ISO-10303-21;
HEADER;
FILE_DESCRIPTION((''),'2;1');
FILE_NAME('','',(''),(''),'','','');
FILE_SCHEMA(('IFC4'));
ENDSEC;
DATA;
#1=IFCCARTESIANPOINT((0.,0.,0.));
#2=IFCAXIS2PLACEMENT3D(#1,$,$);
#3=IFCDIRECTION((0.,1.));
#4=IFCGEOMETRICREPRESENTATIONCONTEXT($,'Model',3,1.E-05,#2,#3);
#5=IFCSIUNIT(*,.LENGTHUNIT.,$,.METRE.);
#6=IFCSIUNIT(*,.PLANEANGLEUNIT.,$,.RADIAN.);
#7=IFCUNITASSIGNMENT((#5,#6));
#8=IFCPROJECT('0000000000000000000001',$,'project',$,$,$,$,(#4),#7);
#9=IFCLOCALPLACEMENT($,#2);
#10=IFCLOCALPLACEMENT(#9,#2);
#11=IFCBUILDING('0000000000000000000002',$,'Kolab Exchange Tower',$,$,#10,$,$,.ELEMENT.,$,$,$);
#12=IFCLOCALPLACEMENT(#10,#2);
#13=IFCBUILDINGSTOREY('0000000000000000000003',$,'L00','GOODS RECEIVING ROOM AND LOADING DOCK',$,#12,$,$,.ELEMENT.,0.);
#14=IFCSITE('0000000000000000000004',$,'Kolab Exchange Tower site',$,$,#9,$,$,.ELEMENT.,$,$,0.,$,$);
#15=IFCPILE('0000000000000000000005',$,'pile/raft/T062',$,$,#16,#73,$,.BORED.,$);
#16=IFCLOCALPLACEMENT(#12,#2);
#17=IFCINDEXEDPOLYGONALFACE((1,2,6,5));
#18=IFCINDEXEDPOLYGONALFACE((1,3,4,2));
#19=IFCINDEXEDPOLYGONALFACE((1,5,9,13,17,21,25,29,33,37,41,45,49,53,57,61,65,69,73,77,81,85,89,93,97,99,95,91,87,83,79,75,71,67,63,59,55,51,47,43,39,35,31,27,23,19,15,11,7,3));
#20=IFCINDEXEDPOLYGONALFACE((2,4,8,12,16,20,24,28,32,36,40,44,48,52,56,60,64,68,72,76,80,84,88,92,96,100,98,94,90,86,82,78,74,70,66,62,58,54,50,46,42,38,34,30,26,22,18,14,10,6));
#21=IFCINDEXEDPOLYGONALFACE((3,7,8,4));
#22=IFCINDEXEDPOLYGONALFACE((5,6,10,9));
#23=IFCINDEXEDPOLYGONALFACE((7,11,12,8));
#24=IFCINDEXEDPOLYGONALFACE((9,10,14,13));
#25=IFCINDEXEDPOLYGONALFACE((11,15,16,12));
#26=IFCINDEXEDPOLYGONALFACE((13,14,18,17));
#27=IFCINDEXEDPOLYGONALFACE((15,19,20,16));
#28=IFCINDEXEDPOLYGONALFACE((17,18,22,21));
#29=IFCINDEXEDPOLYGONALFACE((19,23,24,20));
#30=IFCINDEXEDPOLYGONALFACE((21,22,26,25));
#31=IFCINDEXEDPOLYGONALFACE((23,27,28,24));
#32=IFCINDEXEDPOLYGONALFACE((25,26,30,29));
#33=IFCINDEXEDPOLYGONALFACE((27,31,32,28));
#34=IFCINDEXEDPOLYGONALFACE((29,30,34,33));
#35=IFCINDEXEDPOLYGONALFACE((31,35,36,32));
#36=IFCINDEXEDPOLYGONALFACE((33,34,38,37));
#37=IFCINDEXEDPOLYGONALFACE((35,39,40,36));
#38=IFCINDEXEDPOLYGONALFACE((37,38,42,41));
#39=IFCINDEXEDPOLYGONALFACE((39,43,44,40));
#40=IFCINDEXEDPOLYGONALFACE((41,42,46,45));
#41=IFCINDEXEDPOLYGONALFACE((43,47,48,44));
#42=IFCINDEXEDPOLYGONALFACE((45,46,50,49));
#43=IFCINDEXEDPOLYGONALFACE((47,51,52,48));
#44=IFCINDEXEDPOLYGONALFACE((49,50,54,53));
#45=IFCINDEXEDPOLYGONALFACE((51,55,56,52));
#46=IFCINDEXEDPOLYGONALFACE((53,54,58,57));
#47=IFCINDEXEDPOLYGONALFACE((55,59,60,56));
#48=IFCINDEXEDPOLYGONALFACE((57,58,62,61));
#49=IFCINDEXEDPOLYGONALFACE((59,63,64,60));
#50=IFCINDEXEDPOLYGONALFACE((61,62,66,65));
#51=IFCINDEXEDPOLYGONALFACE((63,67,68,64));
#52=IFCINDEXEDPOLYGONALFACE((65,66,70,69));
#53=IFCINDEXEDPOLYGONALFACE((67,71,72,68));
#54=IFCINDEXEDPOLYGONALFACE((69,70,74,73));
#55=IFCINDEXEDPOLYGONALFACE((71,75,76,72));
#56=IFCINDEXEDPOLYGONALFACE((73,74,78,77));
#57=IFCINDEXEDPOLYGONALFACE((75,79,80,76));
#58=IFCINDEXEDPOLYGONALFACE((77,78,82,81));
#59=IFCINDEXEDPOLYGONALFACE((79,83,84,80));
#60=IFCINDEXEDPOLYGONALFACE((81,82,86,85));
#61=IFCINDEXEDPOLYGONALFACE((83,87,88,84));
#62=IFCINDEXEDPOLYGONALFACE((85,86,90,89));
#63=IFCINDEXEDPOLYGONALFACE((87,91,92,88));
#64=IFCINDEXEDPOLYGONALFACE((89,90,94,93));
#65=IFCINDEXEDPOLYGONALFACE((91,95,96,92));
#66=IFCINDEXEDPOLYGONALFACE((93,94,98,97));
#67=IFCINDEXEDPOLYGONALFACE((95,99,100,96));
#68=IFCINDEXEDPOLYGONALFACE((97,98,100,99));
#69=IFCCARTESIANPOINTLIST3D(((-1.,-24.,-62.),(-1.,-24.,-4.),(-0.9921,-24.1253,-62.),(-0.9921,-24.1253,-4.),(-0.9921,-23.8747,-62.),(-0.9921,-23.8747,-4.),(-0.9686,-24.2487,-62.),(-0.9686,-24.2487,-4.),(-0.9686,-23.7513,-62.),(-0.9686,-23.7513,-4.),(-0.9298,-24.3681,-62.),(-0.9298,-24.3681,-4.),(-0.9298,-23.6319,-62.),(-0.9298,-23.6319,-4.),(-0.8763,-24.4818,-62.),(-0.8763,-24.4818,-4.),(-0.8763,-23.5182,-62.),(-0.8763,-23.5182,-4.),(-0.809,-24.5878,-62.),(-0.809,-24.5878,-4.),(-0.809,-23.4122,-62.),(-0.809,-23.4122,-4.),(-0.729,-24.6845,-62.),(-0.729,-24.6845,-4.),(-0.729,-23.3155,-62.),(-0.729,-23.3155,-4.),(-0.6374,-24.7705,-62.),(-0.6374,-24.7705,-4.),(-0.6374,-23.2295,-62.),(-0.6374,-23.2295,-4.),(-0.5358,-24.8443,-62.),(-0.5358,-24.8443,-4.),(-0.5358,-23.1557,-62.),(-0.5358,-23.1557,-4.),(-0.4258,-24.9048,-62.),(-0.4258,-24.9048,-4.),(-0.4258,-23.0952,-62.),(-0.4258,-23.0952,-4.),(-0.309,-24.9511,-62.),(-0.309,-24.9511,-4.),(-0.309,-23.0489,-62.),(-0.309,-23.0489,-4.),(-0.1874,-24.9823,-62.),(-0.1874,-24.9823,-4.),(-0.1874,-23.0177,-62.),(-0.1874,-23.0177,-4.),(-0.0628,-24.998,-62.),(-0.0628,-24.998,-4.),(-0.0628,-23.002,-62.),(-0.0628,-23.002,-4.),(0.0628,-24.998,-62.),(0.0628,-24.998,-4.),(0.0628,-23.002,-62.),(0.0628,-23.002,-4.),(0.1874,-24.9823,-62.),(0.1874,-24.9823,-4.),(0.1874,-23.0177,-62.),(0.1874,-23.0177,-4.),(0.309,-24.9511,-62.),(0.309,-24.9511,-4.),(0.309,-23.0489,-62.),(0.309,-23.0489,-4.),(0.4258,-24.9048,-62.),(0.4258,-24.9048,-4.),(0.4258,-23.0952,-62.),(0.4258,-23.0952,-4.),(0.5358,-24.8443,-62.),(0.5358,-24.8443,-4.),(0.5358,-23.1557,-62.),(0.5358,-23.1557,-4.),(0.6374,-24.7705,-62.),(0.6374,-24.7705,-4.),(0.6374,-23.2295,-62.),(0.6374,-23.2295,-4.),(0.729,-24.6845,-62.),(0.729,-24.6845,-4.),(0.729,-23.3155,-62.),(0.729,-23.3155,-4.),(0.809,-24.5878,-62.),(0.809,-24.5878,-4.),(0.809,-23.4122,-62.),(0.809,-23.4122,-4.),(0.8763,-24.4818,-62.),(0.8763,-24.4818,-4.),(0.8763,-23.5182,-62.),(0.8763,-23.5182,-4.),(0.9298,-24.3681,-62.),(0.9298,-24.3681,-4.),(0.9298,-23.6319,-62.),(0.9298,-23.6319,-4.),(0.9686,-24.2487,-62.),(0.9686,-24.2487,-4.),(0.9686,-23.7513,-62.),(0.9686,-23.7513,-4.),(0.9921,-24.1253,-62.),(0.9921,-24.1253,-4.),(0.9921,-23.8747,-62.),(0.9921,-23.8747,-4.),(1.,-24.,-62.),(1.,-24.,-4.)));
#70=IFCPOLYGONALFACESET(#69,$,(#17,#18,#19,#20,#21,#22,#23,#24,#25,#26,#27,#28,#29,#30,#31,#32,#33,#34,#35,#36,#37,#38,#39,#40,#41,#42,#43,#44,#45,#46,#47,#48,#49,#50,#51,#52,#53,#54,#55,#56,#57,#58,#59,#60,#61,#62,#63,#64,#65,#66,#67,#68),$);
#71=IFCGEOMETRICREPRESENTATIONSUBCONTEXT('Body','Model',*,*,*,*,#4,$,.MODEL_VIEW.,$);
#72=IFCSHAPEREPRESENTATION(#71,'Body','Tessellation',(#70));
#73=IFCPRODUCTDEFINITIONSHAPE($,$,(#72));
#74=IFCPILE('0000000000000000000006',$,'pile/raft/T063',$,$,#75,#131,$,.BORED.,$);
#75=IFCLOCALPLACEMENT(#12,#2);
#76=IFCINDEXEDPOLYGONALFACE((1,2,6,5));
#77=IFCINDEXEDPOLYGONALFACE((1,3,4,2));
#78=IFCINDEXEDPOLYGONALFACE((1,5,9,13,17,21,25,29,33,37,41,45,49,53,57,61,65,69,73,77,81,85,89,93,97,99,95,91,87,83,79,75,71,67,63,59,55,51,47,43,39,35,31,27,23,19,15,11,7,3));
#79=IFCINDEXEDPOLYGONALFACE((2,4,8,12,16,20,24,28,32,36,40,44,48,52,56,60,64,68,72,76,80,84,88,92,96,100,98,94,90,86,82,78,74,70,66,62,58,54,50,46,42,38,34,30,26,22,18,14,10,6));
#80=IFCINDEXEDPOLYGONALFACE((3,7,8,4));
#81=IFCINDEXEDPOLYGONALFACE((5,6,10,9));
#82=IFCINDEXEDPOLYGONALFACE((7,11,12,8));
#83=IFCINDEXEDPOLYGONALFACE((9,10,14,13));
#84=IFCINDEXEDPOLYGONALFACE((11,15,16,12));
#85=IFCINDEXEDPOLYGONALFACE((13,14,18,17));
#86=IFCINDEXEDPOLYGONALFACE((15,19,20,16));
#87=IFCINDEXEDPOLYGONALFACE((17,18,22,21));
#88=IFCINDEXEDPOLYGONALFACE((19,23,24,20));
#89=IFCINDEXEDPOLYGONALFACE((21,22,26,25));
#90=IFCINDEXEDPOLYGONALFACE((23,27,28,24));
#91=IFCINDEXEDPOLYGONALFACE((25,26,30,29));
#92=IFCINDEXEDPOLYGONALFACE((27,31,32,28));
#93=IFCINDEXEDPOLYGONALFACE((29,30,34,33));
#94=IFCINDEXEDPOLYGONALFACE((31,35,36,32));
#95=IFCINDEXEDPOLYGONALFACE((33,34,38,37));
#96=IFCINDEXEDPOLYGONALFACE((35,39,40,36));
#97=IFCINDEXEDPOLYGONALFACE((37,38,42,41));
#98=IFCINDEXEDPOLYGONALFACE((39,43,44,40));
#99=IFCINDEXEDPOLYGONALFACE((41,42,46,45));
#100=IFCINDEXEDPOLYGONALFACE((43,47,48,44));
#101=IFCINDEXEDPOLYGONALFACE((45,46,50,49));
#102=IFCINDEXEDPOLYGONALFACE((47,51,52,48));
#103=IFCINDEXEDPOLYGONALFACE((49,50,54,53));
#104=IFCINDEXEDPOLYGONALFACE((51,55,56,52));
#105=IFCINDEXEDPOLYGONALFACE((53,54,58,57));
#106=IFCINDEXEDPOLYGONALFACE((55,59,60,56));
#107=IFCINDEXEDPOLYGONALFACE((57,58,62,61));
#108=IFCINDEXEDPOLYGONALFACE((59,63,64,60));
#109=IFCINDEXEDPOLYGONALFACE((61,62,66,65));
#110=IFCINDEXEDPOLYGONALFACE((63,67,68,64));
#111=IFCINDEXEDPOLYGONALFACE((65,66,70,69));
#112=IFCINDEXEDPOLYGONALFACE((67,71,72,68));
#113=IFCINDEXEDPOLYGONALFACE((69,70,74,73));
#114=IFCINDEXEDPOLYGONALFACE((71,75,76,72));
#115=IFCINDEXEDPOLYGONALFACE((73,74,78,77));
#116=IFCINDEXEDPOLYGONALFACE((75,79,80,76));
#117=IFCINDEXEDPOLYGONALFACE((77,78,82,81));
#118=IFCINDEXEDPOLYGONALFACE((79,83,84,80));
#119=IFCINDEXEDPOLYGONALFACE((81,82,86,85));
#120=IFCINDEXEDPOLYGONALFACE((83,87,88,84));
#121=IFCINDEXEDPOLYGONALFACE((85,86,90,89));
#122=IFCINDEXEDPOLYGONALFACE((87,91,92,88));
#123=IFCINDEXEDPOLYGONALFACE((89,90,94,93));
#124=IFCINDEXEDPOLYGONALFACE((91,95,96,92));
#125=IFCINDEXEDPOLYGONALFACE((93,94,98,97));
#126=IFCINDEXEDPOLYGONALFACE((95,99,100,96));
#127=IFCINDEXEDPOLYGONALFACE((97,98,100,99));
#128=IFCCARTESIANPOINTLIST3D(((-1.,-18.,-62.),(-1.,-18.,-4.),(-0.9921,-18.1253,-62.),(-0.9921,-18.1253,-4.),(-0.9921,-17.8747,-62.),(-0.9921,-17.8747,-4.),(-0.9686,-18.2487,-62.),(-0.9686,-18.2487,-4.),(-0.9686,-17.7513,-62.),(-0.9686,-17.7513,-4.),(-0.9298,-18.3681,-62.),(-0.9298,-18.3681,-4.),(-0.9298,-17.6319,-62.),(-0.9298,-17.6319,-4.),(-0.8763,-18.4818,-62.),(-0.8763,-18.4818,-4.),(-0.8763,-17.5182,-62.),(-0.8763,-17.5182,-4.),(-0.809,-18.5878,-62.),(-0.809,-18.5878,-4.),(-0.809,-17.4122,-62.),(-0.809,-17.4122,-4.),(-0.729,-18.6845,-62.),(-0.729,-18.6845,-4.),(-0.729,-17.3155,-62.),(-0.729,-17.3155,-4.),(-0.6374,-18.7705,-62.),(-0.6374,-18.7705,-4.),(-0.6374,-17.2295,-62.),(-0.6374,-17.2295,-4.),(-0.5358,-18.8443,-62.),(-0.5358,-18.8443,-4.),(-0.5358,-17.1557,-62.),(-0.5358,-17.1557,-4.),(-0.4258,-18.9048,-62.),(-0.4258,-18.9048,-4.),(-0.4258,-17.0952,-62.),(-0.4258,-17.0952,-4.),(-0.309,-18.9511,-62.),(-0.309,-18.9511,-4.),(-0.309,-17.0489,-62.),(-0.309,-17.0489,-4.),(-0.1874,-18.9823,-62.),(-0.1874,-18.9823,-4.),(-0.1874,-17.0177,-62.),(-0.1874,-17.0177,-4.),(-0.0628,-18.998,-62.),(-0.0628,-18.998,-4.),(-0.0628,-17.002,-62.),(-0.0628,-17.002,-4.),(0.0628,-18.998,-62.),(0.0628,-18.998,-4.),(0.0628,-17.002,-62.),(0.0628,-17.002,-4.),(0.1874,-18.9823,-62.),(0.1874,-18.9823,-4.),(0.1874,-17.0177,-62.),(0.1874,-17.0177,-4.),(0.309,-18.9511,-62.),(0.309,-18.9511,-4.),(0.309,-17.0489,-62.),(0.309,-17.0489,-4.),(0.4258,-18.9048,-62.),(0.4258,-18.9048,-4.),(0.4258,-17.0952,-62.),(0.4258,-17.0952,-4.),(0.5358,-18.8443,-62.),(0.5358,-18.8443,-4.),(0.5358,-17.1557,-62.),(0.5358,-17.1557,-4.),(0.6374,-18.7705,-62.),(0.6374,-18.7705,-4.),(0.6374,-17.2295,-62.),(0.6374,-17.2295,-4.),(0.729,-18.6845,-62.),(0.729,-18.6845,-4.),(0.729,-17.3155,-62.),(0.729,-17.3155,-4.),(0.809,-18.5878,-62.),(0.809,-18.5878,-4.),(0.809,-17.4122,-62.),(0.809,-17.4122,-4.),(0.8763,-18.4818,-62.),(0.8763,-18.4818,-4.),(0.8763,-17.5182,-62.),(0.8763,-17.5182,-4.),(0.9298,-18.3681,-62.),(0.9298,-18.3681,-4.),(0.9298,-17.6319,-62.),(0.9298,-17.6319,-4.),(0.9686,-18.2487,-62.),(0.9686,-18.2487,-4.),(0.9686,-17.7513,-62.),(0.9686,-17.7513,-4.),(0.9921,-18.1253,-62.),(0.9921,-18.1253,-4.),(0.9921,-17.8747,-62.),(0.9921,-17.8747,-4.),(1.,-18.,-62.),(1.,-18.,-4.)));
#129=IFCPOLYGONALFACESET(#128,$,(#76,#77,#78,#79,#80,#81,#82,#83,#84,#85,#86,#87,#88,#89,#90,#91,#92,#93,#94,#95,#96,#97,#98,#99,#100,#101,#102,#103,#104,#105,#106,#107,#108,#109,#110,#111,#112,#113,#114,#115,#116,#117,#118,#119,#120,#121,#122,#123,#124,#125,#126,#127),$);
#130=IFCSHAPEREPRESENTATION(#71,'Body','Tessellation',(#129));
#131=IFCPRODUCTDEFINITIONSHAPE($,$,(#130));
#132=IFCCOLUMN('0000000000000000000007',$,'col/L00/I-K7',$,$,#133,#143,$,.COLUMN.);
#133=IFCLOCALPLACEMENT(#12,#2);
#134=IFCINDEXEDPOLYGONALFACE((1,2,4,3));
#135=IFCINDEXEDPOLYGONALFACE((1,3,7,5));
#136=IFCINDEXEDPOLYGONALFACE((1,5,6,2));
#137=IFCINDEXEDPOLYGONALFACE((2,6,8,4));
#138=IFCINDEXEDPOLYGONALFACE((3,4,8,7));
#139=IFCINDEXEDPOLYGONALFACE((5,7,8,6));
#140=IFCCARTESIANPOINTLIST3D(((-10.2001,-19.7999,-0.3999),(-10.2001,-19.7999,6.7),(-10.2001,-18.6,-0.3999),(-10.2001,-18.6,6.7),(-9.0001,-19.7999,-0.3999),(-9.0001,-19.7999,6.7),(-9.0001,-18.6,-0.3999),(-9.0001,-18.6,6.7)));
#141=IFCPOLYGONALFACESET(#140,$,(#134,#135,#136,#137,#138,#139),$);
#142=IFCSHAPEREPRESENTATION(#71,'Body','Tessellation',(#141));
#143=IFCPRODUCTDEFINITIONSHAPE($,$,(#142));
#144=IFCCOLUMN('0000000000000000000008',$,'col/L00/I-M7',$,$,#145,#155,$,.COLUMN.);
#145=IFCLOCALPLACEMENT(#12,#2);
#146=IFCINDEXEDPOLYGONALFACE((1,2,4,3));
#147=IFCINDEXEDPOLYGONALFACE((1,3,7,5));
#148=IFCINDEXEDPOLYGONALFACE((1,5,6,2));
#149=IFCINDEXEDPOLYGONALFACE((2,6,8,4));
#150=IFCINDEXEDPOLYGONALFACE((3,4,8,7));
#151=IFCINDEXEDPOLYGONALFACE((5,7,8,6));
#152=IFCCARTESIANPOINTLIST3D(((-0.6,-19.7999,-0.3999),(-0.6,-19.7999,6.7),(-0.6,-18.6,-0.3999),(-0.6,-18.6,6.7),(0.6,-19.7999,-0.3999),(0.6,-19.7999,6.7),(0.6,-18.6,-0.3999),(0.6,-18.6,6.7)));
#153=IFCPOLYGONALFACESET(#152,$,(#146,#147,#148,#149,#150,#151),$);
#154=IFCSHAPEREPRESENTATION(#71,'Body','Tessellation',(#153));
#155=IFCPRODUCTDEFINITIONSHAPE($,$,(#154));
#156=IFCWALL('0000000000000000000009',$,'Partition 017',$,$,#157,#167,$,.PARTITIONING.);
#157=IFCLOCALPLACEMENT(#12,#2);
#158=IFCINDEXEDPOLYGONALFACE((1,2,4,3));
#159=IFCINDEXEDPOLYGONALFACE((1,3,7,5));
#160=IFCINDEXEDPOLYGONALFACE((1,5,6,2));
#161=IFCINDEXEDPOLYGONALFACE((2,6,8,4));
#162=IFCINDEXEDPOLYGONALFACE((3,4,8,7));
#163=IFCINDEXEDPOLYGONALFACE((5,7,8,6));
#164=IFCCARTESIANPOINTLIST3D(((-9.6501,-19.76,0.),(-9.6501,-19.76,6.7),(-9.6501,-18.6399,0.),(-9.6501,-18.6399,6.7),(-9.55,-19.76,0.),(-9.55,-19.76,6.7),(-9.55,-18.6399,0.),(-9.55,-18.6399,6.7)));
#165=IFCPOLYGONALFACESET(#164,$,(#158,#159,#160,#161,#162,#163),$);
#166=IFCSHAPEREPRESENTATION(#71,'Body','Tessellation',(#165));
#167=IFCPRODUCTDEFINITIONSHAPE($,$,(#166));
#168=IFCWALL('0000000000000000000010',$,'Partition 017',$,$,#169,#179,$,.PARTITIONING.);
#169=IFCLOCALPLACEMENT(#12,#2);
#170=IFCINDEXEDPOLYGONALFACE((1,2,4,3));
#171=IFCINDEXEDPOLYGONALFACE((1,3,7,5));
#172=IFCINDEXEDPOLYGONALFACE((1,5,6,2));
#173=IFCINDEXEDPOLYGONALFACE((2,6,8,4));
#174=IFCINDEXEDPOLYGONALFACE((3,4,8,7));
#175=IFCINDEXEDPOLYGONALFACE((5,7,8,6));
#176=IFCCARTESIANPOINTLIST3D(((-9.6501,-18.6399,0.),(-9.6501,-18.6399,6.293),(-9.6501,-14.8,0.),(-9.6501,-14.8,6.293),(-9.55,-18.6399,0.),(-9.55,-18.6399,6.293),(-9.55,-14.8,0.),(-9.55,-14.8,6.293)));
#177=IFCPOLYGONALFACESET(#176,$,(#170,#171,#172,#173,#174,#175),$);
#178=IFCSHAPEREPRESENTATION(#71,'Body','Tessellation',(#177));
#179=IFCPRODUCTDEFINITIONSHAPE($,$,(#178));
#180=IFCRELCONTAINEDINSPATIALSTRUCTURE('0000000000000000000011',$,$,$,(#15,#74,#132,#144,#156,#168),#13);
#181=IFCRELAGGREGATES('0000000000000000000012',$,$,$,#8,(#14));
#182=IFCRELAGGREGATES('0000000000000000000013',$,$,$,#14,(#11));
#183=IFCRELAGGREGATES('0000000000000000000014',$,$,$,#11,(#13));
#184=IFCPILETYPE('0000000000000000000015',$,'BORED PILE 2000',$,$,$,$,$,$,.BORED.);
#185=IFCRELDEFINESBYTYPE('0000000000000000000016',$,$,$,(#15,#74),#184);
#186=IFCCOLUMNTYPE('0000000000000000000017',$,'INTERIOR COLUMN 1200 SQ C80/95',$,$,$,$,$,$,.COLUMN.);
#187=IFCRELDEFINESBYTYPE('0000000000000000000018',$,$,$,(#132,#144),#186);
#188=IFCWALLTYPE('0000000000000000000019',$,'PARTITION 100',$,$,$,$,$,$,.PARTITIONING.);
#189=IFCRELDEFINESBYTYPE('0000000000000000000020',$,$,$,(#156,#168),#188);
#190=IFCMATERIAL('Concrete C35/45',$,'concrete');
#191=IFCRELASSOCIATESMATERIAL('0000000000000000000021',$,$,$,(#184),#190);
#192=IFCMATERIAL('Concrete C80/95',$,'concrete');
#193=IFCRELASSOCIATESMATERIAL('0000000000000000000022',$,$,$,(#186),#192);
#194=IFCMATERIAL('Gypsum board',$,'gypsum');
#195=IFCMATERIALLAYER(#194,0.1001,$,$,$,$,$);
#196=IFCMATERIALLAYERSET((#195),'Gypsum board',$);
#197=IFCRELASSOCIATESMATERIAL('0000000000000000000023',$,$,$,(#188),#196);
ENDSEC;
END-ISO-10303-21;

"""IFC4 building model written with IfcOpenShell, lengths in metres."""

from ifc_helpers import new_model, si_unit, direction, frame, frame_2d, origin, origin_2d, place, context, subcontext, project, spatial, rectangle, circle, extrude, material, layer, layer_set, material_profile, profile_set, type_object, element, save


model = new_model("IFC4")

# Units and contexts
model_context = context("Model", 3, precision=1e-05, world=origin(), true_north=direction((0.0, 1.0)))
body_context = subcontext(model_context, "Body", "Model", "MODEL_VIEW")
ifc_project = project(units=[si_unit("LENGTHUNIT", "METRE"), si_unit("PLANEANGLEUNIT", "RADIAN")], contexts=[model_context])

# Site, building, storey
site_placement = place(None, origin())
site = spatial("IfcSite", under=ifc_project, at=site_placement, Name="Kolab Exchange Tower site", CompositionType="ELEMENT", RefElevation=0.0)
building_placement = place(site_placement, origin())
building = spatial("IfcBuilding", under=site, at=building_placement, Name="Kolab Exchange Tower", CompositionType="ELEMENT")
storey_placement = place(building_placement, origin())
storey = spatial("IfcBuildingStorey", under=building, at=storey_placement, Name="L00", Description="GOODS RECEIVING ROOM AND LOADING DOCK", CompositionType="ELEMENT", Elevation=0.0)

# Piles
ifc_material_1 = material(Name="Concrete C35/45", Category="concrete")
ifc_material_profile_1 = material_profile(ifc_material_1, circle(Radius=1.0, at=origin_2d()), Name="BP2000")
ifc_profile_set_1 = profile_set([ifc_material_profile_1], Name="Concrete C35/45")
pile_type = type_object("IfcPileType", Name="BORED PILE 2000", PredefinedType="BORED", material=ifc_profile_set_1)
for number, where, z_axis, x_axis, name in (
    (1, (0.0, -24.0, -4.0), (0.0, 0.0, -1.0), (1.0, 0.0, 0.0), "pile/raft/T062"),
    (2, (0.0, -18.0, -4.0), (0.0, 0.0, -1.0), (1.0, 0.0, 0.0), "pile/raft/T063"),
):
    element("IfcPile", number, at=place(storey_placement, frame(where, z_axis=z_axis, x_axis=x_axis)), inside=storey, type_object=pile_type, Name=name, PredefinedType="BORED", context=body_context, shape_type="SweptSolid", body=[
        extrude(circle(Radius=1.0, at=origin_2d()), origin(), (0.0, 0.0, 1.0), 58.0),
    ])

# Columns
ifc_material_2 = material(Name="Concrete C80/95", Category="concrete")
ifc_material_profile_2 = material_profile(ifc_material_2, rectangle(XDim=1.2, YDim=1.2, at=origin_2d()), Name="RC1200")
ifc_profile_set_2 = profile_set([ifc_material_profile_2], Name="Concrete C80/95")
column_type = type_object("IfcColumnType", Name="INTERIOR COLUMN 1200 SQ C80/95", PredefinedType="COLUMN", material=ifc_profile_set_2)
for number, where, z_axis, x_axis, name in (
    (3, (-9.6001, -19.2, -0.3999), (0.0, 0.0, 1.0), (1.0, 0.0, 0.0), "col/L00/I-K7"),
    (4, (0.0, -19.2, -0.3999), (0.0, 0.0, 1.0), (1.0, 0.0, 0.0), "col/L00/I-M7"),
):
    element("IfcColumn", number, at=place(storey_placement, frame(where, z_axis=z_axis, x_axis=x_axis)), inside=storey, type_object=column_type, Name=name, PredefinedType="COLUMN", context=body_context, shape_type="SweptSolid", body=[
        extrude(rectangle(XDim=1.2, YDim=1.2, at=origin_2d()), origin(), (0.0, 0.0, 1.0), 7.0999),
    ])

# Walls
ifc_material_3 = material(Name="Gypsum board", Category="gypsum")
ifc_layer_1 = layer(ifc_material_3, 0.1001)
ifc_layer_set_1 = layer_set([ifc_layer_1], Name="Gypsum board")
wall_type_1 = type_object("IfcWallType", Name="PARTITION 100", PredefinedType="PARTITIONING", material=ifc_layer_set_1)
wall_1_placement = place(storey_placement, frame((-9.6001, -19.76, 0.0), z_axis=(0.0, 0.0, 1.0), x_axis=(0.0, 1.0, 0.0)))
element("IfcWall", 5, at=wall_1_placement, inside=storey, type_object=wall_type_1, Name="Partition 017", PredefinedType="PARTITIONING", context=body_context, shape_type="SweptSolid", body=[
    extrude(rectangle(XDim=1.1201, YDim=0.1001, at=frame_2d((0.5601, 0.0))), origin(), (0.0, 0.0, 1.0), 6.7),
])
wall_2_placement = place(storey_placement, frame((-9.6001, -18.6399, 0.0), z_axis=(0.0, 0.0, 1.0), x_axis=(0.0, 1.0, 0.0)))
element("IfcWall", 6, at=wall_2_placement, inside=storey, type_object=wall_type_1, Name="Partition 017", PredefinedType="PARTITIONING", context=body_context, shape_type="SweptSolid", body=[
    extrude(rectangle(XDim=3.8398, YDim=0.1001, at=frame_2d((1.9199, 0.0))), origin(), (0.0, 0.0, 1.0), 6.293),
])

save(model, "model.ifc")
